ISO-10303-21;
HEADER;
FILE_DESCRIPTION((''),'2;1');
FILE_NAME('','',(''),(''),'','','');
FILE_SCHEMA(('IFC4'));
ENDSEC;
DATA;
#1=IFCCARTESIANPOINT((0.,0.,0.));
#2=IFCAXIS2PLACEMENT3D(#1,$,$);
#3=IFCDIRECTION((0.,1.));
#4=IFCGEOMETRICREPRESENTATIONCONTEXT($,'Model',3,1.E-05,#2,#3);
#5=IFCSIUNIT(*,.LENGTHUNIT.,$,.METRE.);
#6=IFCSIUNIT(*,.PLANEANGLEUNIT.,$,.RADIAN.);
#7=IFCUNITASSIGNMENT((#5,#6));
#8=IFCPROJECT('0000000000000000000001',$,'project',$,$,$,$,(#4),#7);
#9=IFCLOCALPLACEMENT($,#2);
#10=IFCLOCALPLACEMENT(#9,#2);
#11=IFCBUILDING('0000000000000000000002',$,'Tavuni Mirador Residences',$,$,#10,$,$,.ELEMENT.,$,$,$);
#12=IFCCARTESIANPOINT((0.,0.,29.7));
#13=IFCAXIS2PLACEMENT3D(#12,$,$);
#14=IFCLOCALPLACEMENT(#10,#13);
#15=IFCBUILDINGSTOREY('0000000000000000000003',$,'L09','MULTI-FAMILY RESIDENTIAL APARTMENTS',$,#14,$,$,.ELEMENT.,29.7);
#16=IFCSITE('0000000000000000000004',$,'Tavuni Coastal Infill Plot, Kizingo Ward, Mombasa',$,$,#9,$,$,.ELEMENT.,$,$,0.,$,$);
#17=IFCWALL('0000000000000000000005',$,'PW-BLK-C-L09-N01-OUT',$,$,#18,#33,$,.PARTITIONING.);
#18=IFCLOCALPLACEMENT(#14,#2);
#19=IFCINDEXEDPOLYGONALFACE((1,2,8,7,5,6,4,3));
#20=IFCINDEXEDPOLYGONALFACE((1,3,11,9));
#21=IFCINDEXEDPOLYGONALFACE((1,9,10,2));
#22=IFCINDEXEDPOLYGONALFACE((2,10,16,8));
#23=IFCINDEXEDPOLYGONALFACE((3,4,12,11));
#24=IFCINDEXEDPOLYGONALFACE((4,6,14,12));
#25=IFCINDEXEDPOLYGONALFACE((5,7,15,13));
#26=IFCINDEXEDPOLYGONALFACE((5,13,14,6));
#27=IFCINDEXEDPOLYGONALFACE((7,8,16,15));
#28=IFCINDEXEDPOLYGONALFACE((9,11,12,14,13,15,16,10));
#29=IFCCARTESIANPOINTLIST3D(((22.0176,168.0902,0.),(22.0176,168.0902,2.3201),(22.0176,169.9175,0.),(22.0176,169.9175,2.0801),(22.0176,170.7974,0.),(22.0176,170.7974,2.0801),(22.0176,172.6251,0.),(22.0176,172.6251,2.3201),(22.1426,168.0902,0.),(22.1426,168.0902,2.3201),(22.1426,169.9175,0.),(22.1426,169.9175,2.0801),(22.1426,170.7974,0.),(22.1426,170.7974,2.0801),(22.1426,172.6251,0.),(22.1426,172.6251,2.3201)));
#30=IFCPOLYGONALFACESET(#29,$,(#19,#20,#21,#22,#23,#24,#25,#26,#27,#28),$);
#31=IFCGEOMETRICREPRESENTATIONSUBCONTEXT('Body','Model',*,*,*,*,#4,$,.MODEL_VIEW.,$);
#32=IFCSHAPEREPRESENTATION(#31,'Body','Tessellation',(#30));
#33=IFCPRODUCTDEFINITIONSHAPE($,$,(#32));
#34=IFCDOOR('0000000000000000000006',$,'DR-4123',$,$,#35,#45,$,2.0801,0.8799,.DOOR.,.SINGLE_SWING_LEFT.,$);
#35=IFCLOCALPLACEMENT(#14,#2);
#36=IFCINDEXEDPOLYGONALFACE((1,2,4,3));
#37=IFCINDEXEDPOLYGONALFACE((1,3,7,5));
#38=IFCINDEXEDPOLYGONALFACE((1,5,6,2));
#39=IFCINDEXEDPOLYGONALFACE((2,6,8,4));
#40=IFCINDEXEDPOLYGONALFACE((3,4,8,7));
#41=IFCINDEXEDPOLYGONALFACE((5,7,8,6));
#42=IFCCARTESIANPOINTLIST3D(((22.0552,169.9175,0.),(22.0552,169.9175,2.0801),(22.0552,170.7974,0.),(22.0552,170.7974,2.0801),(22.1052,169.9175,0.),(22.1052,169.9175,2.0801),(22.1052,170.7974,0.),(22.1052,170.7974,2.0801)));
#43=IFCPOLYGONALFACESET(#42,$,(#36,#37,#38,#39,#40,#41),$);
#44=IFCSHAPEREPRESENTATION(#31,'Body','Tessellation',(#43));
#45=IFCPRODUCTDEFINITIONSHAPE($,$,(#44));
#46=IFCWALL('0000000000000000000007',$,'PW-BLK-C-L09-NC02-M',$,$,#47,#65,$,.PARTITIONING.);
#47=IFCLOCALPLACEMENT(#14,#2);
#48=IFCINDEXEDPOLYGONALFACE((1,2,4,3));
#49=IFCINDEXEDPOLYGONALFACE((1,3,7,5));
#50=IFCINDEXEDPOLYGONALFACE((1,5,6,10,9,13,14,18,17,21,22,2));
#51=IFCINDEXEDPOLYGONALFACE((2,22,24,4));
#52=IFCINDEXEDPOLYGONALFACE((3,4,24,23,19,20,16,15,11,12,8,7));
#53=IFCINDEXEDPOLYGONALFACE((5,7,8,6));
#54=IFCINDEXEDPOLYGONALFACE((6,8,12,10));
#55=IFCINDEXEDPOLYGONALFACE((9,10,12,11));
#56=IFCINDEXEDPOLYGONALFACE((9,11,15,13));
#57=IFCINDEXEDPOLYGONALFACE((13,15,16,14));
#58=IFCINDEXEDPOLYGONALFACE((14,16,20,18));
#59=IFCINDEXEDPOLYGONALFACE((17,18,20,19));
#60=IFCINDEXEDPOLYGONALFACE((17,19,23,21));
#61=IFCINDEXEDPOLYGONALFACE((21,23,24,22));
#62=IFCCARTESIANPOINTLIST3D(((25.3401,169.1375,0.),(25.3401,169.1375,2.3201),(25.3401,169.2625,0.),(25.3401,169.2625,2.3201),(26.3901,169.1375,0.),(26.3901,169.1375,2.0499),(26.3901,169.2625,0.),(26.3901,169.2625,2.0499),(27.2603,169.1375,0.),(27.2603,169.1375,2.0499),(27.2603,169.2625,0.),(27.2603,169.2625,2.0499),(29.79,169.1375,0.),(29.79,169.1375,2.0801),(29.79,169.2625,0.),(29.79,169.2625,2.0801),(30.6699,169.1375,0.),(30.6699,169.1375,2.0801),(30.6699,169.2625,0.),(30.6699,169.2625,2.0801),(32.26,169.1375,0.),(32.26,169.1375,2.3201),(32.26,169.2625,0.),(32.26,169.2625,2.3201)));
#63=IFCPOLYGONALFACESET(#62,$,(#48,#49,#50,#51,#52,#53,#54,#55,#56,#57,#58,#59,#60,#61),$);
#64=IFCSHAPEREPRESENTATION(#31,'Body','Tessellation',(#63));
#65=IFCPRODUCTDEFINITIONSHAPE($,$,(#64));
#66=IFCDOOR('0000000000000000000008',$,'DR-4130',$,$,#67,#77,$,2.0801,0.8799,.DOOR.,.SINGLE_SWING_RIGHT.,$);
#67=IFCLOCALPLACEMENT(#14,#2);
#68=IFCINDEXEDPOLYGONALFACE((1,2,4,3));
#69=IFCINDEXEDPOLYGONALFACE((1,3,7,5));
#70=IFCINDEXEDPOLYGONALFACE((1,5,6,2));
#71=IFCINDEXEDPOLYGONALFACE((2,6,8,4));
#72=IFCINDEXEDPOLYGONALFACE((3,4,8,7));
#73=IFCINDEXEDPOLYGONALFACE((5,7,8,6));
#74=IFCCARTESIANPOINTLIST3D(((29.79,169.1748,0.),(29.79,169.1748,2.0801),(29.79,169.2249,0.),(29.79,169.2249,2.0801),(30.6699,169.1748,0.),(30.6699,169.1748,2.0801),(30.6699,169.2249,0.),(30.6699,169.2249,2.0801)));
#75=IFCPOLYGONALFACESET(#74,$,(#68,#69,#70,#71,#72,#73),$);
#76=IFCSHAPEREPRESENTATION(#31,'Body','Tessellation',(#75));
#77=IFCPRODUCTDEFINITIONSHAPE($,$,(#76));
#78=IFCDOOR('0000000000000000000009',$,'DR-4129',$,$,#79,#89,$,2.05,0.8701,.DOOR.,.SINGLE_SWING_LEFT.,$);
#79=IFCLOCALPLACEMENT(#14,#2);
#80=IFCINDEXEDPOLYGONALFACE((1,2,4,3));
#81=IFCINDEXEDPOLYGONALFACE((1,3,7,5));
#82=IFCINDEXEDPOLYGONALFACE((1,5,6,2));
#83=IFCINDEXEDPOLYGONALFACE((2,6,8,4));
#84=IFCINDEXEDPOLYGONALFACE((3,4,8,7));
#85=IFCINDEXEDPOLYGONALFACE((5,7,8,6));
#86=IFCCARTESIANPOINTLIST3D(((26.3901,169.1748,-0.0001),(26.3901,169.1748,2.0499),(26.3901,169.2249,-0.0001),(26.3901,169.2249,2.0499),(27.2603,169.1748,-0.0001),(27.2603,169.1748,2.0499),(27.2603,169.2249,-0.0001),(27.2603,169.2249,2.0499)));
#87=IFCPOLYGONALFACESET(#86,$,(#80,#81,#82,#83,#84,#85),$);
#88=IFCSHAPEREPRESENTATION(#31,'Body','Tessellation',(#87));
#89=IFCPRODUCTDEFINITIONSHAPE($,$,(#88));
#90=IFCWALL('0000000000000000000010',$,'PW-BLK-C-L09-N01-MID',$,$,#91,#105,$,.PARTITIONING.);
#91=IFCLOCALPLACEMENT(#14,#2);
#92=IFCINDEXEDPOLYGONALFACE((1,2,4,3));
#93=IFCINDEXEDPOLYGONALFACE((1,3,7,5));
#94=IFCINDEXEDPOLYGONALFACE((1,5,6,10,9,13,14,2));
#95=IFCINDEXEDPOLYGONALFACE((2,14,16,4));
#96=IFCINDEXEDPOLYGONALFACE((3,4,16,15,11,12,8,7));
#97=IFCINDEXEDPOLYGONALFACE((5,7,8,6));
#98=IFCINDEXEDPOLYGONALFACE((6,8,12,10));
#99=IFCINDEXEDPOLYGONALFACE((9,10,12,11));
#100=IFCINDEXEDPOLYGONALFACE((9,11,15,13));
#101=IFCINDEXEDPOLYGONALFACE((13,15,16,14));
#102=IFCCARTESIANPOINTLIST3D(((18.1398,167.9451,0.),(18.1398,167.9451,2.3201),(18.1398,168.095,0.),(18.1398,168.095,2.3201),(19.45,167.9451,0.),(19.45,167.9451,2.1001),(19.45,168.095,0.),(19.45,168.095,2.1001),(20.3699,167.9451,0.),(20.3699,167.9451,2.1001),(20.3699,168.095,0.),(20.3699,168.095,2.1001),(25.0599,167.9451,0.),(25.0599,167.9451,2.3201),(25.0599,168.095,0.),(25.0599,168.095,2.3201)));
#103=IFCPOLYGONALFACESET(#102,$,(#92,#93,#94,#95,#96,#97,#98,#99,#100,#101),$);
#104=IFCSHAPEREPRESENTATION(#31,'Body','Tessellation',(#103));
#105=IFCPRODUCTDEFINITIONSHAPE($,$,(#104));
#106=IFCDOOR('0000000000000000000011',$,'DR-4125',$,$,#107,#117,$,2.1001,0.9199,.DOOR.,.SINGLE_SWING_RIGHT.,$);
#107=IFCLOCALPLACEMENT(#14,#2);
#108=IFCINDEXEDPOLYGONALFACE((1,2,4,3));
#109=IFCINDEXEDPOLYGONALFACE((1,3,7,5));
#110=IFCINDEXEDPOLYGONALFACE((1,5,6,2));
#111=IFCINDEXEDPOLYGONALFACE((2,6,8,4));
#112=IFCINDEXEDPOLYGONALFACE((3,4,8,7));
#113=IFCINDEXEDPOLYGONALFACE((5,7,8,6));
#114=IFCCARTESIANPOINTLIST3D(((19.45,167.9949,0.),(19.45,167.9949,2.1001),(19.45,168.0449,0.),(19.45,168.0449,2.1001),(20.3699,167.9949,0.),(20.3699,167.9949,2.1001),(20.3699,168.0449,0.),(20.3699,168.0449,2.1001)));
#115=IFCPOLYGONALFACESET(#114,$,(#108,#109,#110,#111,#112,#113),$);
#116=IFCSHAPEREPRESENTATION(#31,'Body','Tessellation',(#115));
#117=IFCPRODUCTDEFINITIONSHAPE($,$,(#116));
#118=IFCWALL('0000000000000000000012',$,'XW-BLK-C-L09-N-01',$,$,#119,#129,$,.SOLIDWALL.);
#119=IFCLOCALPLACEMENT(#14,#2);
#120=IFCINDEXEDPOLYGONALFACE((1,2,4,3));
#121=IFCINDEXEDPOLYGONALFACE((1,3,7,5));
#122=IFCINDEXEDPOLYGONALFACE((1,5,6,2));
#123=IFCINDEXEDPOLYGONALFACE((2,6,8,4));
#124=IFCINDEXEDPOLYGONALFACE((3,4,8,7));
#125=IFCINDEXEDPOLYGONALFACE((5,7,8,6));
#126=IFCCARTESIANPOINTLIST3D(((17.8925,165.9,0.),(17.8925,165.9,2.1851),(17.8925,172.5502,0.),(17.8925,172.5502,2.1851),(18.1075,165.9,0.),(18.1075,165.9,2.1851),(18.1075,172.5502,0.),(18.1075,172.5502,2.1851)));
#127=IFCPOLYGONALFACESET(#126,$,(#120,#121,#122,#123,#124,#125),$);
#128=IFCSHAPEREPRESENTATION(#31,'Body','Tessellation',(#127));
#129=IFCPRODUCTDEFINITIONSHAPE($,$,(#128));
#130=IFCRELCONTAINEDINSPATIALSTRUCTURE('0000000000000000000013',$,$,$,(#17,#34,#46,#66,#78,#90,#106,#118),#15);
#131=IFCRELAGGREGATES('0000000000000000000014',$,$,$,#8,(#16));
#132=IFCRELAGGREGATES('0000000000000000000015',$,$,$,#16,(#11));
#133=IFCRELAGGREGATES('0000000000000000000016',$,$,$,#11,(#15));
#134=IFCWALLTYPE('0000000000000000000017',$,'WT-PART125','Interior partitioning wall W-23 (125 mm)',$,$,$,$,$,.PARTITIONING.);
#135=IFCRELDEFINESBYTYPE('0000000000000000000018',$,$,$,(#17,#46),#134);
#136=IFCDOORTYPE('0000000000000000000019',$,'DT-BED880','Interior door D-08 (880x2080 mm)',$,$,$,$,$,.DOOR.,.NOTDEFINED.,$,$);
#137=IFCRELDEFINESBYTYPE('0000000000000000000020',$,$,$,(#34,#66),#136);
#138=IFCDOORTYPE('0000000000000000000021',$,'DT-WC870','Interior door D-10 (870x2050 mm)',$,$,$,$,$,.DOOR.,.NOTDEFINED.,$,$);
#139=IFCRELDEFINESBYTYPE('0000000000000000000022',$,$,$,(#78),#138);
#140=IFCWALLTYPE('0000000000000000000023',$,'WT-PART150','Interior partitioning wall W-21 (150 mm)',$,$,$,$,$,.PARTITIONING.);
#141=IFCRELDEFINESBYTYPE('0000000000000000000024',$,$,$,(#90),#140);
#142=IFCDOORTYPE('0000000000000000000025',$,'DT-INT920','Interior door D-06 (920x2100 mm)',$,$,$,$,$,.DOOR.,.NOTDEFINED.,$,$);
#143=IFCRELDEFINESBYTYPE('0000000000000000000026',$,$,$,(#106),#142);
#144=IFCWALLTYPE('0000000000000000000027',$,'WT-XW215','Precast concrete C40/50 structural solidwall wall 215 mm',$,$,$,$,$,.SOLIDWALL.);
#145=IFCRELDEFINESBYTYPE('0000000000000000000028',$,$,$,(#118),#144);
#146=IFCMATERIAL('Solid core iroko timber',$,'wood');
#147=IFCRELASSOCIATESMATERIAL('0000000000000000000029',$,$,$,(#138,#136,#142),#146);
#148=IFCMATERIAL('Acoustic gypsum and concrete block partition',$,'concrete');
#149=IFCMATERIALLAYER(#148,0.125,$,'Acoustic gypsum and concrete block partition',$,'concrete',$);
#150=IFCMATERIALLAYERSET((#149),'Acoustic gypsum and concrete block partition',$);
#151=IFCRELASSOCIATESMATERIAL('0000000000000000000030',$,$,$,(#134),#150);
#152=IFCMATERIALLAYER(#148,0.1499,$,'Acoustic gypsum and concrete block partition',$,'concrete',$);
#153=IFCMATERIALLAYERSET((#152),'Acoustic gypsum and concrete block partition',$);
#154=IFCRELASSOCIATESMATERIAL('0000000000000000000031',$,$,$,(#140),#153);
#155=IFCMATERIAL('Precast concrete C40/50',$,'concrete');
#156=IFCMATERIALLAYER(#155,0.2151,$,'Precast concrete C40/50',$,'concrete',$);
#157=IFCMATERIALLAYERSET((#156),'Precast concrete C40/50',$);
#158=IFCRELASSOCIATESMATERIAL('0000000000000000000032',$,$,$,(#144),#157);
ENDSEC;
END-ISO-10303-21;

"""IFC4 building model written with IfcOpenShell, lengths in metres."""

from ifc_helpers import new_model, si_unit, direction, frame, frame_2d, origin, place, context, subcontext, project, spatial, rectangle, extrude, material, layer, layer_set, type_object, element, fill, save


model = new_model("IFC4")

# Units and contexts
model_context = context("Model", 3, precision=1e-05, world=origin(), true_north=direction((0.0, 1.0)))
body_context = subcontext(model_context, "Body", "Model", "MODEL_VIEW")
ifc_project = project(units=[si_unit("LENGTHUNIT", "METRE"), si_unit("PLANEANGLEUNIT", "RADIAN")], contexts=[model_context])

# Site, building, storey
site_placement = place(None, origin())
site = spatial("IfcSite", under=ifc_project, at=site_placement, Name="Tavuni Coastal Infill Plot, Kizingo Ward, Mombasa", CompositionType="ELEMENT", RefElevation=0.0)
building_placement = place(site_placement, origin())
building = spatial("IfcBuilding", under=site, at=building_placement, Name="Tavuni Mirador Residences", CompositionType="ELEMENT")
storey_placement = place(building_placement, frame((0.0, 0.0, 29.7)))
storey = spatial("IfcBuildingStorey", under=building, at=storey_placement, Name="L09", Description="MULTI-FAMILY RESIDENTIAL APARTMENTS", CompositionType="ELEMENT", Elevation=29.7)

# Shared definitions
ifc_material_1 = material(Name="Precast concrete C40/50", Category="concrete")

# Wall, opening, door
ifc_material_2 = material(Name="Solid core iroko timber", Category="wood")
ifc_material_3 = material(Name="Acoustic gypsum and concrete block partition", Category="concrete")
door_type_1 = type_object("IfcDoorType", Name="DT-WC870", Description="Interior door D-10 (870x2050 mm)", OperationType="NOTDEFINED", PredefinedType="DOOR", material=ifc_material_2)
ifc_layer_1 = layer(ifc_material_3, 0.125, Name="Acoustic gypsum and concrete block partition", Category="concrete")
ifc_layer_set_1 = layer_set([ifc_layer_1], Name="Acoustic gypsum and concrete block partition")
wall_type_1 = type_object("IfcWallType", Name="WT-PART125", Description="Interior partitioning wall W-23 (125 mm)", PredefinedType="PARTITIONING", material=ifc_layer_set_1)
wall_1_placement = place(storey_placement, frame((22.0801, 168.0901, 0.0), z_axis=(0.0, 0.0, 1.0), x_axis=(0.0, 1.0, 0.0)))
wall_1 = element("IfcWall", 1, at=wall_1_placement, inside=storey, type_object=wall_type_1, Name="PW-BLK-C-L09-N01-OUT", PredefinedType="PARTITIONING", context=body_context, shape_type="SweptSolid", body=[
    extrude(rectangle(XDim=4.5349, YDim=0.125, at=frame_2d((2.2676, 0.0))), origin(), (0.0, 0.0, 1.0), 2.3201),
])
opening_1_placement = place(wall_1_placement, frame((1.8274, 0.0, 0.0)))
opening_1 = element("IfcOpeningElement", 2, at=opening_1_placement, cuts=wall_1, PredefinedType="OPENING", context=body_context, shape_type="SweptSolid", body=[
    extrude(rectangle(XDim=0.8799, YDim=2.0801, at=frame_2d((0.4399, 1.04))), frame((0.0, 0.0725, 0.0), z_axis=(0.0, -1.0, 0.0), x_axis=(1.0, 0.0, 0.0)), (0.0, 0.0, 1.0), 0.145),
])
door_type_2 = type_object("IfcDoorType", Name="DT-BED880", Description="Interior door D-08 (880x2080 mm)", OperationType="NOTDEFINED", PredefinedType="DOOR", material=ifc_material_2)
door_1_placement = place(opening_1_placement, origin())
door_1 = element("IfcDoor", 3, at=door_1_placement, inside=storey, type_object=door_type_2, Name="DR-4123", OperationType="SINGLE_SWING_LEFT", OverallHeight=2.0801, OverallWidth=0.8799, PredefinedType="DOOR", context=body_context, shape_type="SweptSolid", body=[
    extrude(rectangle(XDim=0.8799, YDim=2.0801, at=frame_2d((0.4399, 1.04))), frame((0.0, 0.0249, 0.0), z_axis=(0.0, -1.0, 0.0), x_axis=(1.0, 0.0, 0.0)), (0.0, 0.0, 1.0), 0.05),
])
fill(opening_1, door_1)

# Wall, openings, doors
wall_2_placement = place(storey_placement, frame((25.3401, 169.2, 0.0), z_axis=(0.0, 0.0, 1.0), x_axis=(1.0, 0.0, 0.0)))
wall_2 = element("IfcWall", 4, at=wall_2_placement, inside=storey, type_object=wall_type_1, Name="PW-BLK-C-L09-NC02-M", PredefinedType="PARTITIONING", context=body_context, shape_type="SweptSolid", body=[
    extrude(rectangle(XDim=6.9199, YDim=0.125, at=frame_2d((3.46, 0.0))), origin(), (0.0, 0.0, 1.0), 2.3201),
])
opening_2_placement = place(wall_2_placement, frame((1.05, 0.0, 0.0)))
opening_2 = element("IfcOpeningElement", 5, at=opening_2_placement, cuts=wall_2, PredefinedType="OPENING", context=body_context, shape_type="SweptSolid", body=[
    extrude(rectangle(XDim=0.8701, YDim=2.05, at=frame_2d((0.4351, 1.0249))), frame((0.0, 0.0725, 0.0), z_axis=(0.0, -1.0, 0.0), x_axis=(1.0, 0.0, 0.0)), (0.0, 0.0, 1.0), 0.145),
])
opening_3_placement = place(wall_2_placement, frame((4.45, 0.0, 0.0)))
opening_3 = element("IfcOpeningElement", 6, at=opening_3_placement, cuts=wall_2, PredefinedType="OPENING", context=body_context, shape_type="SweptSolid", body=[
    extrude(rectangle(XDim=0.8799, YDim=2.0801, at=frame_2d((0.4399, 1.04))), frame((0.0, 0.0725, 0.0), z_axis=(0.0, -1.0, 0.0), x_axis=(1.0, 0.0, 0.0)), (0.0, 0.0, 1.0), 0.145),
])
door_2_placement = place(opening_3_placement, origin())
door_2 = element("IfcDoor", 7, at=door_2_placement, inside=storey, type_object=door_type_2, Name="DR-4130", OperationType="SINGLE_SWING_RIGHT", OverallHeight=2.0801, OverallWidth=0.8799, PredefinedType="DOOR", context=body_context, shape_type="SweptSolid", body=[
    extrude(rectangle(XDim=0.8799, YDim=2.0801, at=frame_2d((0.4399, 1.04))), frame((0.0, 0.0249, 0.0), z_axis=(0.0, -1.0, 0.0), x_axis=(1.0, 0.0, 0.0)), (0.0, 0.0, 1.0), 0.05),
])
fill(opening_3, door_2)
door_3_placement = place(opening_2_placement, origin())
door_3 = element("IfcDoor", 8, at=door_3_placement, inside=storey, type_object=door_type_1, Name="DR-4129", OperationType="SINGLE_SWING_LEFT", OverallHeight=2.05, OverallWidth=0.8701, PredefinedType="DOOR", context=body_context, shape_type="SweptSolid", body=[
    extrude(rectangle(XDim=0.8701, YDim=2.05, at=frame_2d((0.4351, 1.0249))), frame((0.0, 0.0249, 0.0), z_axis=(0.0, -1.0, 0.0), x_axis=(1.0, 0.0, 0.0)), (0.0, 0.0, 1.0), 0.05),
])
fill(opening_2, door_3)

# Wall, opening, door
ifc_layer_2 = layer(ifc_material_3, 0.1499, Name="Acoustic gypsum and concrete block partition", Category="concrete")
ifc_layer_set_2 = layer_set([ifc_layer_2], Name="Acoustic gypsum and concrete block partition")
wall_type_2 = type_object("IfcWallType", Name="WT-PART150", Description="Interior partitioning wall W-21 (150 mm)", PredefinedType="PARTITIONING", material=ifc_layer_set_2)
wall_3_placement = place(storey_placement, frame((18.1399, 168.02, 0.0), z_axis=(0.0, 0.0, 1.0), x_axis=(1.0, 0.0, 0.0)))
wall_3 = element("IfcWall", 9, at=wall_3_placement, inside=storey, type_object=wall_type_2, Name="PW-BLK-C-L09-N01-MID", PredefinedType="PARTITIONING", context=body_context, shape_type="SweptSolid", body=[
    extrude(rectangle(XDim=6.9202, YDim=0.1499, at=frame_2d((3.46, 0.0))), origin(), (0.0, 0.0, 1.0), 2.3201),
])
opening_4_placement = place(wall_3_placement, frame((1.3101, 0.0, 0.0)))
opening_4 = element("IfcOpeningElement", 10, at=opening_4_placement, cuts=wall_3, PredefinedType="OPENING", context=body_context, shape_type="SweptSolid", body=[
    extrude(rectangle(XDim=0.9199, YDim=2.1001, at=frame_2d((0.46, 1.05))), frame((0.0, 0.085, 0.0), z_axis=(0.0, -1.0, 0.0), x_axis=(1.0, 0.0, 0.0)), (0.0, 0.0, 1.0), 0.1699),
])
door_type_3 = type_object("IfcDoorType", Name="DT-INT920", Description="Interior door D-06 (920x2100 mm)", OperationType="NOTDEFINED", PredefinedType="DOOR", material=ifc_material_2)
door_4_placement = place(opening_4_placement, origin())
door_4 = element("IfcDoor", 11, at=door_4_placement, inside=storey, type_object=door_type_3, Name="DR-4125", OperationType="SINGLE_SWING_RIGHT", OverallHeight=2.1001, OverallWidth=0.9199, PredefinedType="DOOR", context=body_context, shape_type="SweptSolid", body=[
    extrude(rectangle(XDim=0.9199, YDim=2.1001, at=frame_2d((0.46, 1.05))), frame((0.0, 0.0249, 0.0), z_axis=(0.0, -1.0, 0.0), x_axis=(1.0, 0.0, 0.0)), (0.0, 0.0, 1.0), 0.05),
])
fill(opening_4, door_4)

# Wall
ifc_layer_3 = layer(ifc_material_1, 0.2151, Name="Precast concrete C40/50", Category="concrete")
ifc_layer_set_3 = layer_set([ifc_layer_3], Name="Precast concrete C40/50")
wall_type_3 = type_object("IfcWallType", Name="WT-XW215", Description="Precast concrete C40/50 structural solidwall wall 215 mm", PredefinedType="SOLIDWALL", material=ifc_layer_set_3)
wall_4_placement = place(storey_placement, frame((18.0, 165.8999, 0.0), z_axis=(0.0, 0.0, 1.0), x_axis=(0.0, 1.0, 0.0)))
element("IfcWall", 12, at=wall_4_placement, inside=storey, type_object=wall_type_3, Name="XW-BLK-C-L09-N-01", PredefinedType="SOLIDWALL", context=body_context, shape_type="SweptSolid", body=[
    extrude(rectangle(XDim=6.6501, YDim=0.2151, at=frame_2d((3.3252, 0.0))), origin(), (0.0, 0.0, 1.0), 2.1851),
])

save(model, "model.ifc")
